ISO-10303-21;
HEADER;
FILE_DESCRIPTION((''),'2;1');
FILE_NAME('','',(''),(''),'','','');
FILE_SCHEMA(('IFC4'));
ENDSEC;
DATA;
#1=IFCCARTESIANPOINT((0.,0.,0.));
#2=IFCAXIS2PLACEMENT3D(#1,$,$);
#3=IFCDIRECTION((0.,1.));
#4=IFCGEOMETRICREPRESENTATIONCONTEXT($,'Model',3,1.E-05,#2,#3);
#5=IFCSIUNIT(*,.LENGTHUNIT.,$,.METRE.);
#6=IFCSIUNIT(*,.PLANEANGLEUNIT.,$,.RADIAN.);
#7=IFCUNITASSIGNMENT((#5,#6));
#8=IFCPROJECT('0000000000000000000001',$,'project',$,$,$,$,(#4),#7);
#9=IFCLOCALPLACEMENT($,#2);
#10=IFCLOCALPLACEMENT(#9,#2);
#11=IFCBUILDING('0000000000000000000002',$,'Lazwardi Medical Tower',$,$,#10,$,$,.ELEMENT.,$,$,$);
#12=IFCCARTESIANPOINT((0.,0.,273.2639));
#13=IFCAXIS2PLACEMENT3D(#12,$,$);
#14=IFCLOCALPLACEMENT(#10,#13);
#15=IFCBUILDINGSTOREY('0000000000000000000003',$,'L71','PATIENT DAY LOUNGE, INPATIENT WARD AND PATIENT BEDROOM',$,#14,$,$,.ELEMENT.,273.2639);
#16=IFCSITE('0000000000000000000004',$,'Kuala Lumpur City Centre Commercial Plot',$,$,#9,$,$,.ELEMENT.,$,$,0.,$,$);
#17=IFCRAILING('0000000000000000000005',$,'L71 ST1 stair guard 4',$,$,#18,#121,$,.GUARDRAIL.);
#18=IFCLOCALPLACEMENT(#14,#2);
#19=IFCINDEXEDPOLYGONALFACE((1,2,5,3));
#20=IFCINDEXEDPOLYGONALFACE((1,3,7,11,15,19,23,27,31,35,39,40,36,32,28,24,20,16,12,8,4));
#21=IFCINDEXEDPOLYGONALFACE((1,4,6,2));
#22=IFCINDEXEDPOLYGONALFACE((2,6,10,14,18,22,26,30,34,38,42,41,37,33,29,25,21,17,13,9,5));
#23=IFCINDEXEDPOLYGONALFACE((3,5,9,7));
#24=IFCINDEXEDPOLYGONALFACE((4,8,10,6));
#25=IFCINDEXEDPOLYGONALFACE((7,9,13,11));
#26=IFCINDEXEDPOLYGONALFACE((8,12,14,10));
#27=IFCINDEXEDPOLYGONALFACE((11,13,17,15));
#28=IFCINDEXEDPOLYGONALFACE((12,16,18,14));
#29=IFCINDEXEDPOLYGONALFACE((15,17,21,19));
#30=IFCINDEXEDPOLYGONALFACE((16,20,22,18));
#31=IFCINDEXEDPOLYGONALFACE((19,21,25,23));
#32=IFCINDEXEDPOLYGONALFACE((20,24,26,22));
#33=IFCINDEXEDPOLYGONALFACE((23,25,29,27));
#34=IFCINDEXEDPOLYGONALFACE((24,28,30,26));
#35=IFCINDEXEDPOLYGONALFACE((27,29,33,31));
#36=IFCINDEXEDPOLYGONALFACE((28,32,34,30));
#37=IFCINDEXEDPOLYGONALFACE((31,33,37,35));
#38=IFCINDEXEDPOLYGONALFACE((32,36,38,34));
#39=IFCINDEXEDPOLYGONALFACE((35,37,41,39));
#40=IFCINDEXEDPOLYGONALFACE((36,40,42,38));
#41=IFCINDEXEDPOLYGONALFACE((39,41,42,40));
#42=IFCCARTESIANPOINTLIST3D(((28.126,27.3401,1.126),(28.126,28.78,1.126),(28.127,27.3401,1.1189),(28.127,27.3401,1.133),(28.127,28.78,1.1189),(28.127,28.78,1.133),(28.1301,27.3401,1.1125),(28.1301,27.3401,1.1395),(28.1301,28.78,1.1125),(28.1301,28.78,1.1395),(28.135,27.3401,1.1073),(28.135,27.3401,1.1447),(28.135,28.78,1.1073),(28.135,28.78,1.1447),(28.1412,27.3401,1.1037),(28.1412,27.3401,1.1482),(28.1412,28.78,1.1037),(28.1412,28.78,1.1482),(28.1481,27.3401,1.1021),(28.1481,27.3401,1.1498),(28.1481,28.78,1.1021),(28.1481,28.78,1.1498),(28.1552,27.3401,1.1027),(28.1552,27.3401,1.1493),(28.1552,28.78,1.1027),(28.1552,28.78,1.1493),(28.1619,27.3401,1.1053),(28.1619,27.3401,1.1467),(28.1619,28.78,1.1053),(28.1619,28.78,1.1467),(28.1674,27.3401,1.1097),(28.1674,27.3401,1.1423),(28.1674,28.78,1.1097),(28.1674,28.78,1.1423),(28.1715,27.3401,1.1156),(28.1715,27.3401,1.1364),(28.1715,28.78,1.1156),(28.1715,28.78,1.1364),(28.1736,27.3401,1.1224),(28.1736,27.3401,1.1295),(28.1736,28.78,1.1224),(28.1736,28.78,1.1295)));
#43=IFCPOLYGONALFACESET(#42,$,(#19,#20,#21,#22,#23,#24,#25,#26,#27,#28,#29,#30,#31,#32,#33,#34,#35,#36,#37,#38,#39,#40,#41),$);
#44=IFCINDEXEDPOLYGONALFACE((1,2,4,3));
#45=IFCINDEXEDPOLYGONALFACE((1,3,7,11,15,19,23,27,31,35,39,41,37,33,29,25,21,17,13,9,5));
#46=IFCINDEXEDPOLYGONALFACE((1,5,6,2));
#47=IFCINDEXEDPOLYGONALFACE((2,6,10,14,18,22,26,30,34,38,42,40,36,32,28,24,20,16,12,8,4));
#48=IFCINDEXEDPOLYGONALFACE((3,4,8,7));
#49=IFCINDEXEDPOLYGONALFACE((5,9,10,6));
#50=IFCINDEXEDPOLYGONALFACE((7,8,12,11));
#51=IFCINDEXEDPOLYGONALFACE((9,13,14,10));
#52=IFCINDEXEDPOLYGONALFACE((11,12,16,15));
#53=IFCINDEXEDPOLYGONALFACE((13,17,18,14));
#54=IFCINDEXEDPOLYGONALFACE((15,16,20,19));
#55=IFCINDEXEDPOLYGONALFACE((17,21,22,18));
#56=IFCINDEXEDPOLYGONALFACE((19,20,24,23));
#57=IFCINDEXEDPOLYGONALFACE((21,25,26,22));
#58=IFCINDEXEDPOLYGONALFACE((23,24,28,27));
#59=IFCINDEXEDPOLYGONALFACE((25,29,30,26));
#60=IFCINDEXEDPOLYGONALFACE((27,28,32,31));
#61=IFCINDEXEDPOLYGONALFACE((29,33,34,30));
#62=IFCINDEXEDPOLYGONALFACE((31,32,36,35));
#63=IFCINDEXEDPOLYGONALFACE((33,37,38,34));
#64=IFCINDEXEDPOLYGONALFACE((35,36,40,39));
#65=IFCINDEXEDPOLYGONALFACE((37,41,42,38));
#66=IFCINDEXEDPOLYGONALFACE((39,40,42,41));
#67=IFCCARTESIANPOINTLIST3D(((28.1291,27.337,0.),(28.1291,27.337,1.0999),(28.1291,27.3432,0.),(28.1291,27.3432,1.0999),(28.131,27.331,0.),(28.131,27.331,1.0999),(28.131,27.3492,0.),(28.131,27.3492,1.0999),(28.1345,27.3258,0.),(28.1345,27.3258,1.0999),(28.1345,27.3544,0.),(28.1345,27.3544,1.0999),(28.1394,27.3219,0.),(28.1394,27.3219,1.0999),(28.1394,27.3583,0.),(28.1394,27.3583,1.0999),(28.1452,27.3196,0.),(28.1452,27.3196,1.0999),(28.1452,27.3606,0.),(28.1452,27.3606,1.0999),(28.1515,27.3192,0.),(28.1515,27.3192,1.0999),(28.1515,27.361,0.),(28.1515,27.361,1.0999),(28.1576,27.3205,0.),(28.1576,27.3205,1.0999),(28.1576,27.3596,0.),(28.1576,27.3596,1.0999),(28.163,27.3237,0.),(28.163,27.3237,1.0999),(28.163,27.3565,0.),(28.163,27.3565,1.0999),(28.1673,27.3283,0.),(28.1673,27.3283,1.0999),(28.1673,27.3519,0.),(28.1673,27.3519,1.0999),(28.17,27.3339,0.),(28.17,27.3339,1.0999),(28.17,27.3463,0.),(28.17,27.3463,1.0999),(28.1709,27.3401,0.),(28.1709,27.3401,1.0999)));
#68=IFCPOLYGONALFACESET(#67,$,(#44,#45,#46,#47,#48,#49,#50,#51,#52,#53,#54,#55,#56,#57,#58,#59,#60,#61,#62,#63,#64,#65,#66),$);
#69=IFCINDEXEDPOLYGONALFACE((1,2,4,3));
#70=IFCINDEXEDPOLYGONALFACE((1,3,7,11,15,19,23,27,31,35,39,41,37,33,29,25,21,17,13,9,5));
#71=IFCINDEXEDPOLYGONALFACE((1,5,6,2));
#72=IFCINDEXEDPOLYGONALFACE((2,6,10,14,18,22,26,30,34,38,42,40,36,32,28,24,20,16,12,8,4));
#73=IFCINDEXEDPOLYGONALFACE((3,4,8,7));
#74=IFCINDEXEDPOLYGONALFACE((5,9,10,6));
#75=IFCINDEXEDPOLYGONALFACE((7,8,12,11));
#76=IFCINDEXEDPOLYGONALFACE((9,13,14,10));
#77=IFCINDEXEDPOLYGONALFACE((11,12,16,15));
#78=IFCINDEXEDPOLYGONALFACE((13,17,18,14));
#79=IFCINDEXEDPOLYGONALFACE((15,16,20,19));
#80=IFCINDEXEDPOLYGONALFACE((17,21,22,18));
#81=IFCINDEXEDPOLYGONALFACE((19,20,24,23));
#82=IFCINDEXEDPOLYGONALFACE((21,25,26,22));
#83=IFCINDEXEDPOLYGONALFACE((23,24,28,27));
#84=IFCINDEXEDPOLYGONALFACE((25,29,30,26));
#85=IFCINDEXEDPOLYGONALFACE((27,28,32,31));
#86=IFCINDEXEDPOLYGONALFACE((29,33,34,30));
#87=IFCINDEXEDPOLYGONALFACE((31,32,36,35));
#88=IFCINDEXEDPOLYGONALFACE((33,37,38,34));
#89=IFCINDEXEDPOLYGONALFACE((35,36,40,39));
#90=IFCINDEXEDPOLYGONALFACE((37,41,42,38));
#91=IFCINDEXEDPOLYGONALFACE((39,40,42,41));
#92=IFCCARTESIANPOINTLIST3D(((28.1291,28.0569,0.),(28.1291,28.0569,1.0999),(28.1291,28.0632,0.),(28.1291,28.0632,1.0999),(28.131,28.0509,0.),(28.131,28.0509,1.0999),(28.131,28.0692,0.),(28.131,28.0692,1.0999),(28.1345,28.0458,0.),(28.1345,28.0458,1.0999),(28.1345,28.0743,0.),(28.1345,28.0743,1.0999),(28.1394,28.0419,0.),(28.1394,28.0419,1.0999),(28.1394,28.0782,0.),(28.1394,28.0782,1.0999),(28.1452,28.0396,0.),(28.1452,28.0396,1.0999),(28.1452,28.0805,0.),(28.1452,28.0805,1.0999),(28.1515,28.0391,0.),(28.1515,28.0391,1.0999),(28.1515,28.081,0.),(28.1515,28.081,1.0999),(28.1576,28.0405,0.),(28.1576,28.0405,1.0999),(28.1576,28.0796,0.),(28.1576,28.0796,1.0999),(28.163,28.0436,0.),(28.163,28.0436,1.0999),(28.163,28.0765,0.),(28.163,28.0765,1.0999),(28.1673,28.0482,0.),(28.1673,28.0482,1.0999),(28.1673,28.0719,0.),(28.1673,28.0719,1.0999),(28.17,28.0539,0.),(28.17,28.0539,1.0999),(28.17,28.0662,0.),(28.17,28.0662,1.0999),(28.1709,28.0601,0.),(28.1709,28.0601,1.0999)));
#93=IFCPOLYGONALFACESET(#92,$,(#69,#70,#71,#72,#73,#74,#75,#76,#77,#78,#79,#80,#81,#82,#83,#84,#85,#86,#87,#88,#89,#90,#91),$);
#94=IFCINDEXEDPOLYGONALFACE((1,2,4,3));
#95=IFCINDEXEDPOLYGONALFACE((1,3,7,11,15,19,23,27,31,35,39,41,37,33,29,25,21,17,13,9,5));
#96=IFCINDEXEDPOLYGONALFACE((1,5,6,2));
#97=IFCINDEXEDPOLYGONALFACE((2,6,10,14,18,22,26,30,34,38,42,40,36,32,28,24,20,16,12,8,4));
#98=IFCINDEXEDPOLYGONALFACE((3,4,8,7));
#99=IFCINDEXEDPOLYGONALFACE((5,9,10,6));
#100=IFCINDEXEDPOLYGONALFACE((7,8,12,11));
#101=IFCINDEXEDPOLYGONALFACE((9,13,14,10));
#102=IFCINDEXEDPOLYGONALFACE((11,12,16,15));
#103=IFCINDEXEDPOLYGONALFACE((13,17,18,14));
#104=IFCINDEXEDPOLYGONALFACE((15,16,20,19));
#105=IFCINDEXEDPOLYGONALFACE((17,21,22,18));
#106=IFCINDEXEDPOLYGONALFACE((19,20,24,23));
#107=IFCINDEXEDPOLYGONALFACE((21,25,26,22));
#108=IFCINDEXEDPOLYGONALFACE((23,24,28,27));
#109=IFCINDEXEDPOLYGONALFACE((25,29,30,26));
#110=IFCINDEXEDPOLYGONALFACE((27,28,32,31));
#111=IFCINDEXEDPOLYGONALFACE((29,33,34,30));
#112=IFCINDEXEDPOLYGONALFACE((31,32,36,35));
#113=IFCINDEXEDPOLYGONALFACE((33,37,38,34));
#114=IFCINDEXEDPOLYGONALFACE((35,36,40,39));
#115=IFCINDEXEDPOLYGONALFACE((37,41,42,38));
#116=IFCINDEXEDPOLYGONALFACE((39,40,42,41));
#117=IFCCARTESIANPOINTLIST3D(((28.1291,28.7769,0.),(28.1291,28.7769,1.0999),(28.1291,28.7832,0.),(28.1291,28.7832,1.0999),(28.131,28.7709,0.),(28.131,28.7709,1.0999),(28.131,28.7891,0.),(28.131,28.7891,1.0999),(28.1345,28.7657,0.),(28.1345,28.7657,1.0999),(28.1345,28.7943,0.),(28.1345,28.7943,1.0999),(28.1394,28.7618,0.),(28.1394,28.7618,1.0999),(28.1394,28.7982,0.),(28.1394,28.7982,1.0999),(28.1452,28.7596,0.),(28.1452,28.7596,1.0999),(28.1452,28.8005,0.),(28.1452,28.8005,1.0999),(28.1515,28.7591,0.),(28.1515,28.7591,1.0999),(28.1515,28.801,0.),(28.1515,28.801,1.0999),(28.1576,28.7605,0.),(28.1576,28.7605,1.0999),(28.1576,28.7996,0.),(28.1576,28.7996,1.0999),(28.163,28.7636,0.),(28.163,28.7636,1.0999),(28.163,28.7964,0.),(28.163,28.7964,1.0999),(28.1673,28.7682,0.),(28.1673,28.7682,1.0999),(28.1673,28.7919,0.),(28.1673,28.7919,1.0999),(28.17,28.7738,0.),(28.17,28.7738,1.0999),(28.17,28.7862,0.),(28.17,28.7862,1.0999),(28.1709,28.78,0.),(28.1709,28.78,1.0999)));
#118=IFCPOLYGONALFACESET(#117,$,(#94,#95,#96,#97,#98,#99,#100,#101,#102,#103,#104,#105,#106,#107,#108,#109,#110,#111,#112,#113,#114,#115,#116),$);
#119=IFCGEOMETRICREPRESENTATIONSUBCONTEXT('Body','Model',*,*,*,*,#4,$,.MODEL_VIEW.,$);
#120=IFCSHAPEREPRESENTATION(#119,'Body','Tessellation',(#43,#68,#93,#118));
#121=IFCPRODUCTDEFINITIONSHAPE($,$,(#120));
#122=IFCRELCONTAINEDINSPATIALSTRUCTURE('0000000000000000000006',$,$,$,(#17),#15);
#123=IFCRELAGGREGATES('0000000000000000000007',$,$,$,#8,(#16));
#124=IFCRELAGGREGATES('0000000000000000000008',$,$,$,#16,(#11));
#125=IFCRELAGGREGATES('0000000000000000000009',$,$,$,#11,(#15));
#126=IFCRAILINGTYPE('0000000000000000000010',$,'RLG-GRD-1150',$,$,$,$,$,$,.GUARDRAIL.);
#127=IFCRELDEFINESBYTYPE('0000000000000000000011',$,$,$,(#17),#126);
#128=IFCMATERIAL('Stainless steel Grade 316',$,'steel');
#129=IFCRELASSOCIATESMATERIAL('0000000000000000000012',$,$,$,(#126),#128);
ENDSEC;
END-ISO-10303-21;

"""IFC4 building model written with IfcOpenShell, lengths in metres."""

from ifc_helpers import new_model, si_unit, direction, frame, origin, origin_2d, place, context, subcontext, project, spatial, circle, extrude, material, type_object, element, save


model = new_model("IFC4")

# Units and contexts
model_context = context("Model", 3, precision=1e-05, world=origin(), true_north=direction((0.0, 1.0)))
body_context = subcontext(model_context, "Body", "Model", "MODEL_VIEW")
ifc_project = project(units=[si_unit("LENGTHUNIT", "METRE"), si_unit("PLANEANGLEUNIT", "RADIAN")], contexts=[model_context])

# Site, building, storey
site_placement = place(None, origin())
site = spatial("IfcSite", under=ifc_project, at=site_placement, Name="Kuala Lumpur City Centre Commercial Plot", CompositionType="ELEMENT", RefElevation=0.0)
building_placement = place(site_placement, origin())
building = spatial("IfcBuilding", under=site, at=building_placement, Name="Lazwardi Medical Tower", CompositionType="ELEMENT")
storey_placement = place(building_placement, frame((0.0, 0.0, 273.2639)))
storey = spatial("IfcBuildingStorey", under=building, at=storey_placement, Name="L71", Description="PATIENT DAY LOUNGE, INPATIENT WARD AND PATIENT BEDROOM", CompositionType="ELEMENT", Elevation=273.2639)

# Railing
ifc_material_1 = material(Name="Stainless steel Grade 316", Category="steel")
railing_type_1 = type_object("IfcRailingType", Name="RLG-GRD-1150", PredefinedType="GUARDRAIL", material=ifc_material_1)
railing_1_placement = place(storey_placement, frame((28.1499, 27.3401, 0.0)))
element("IfcRailing", 1, at=railing_1_placement, inside=storey, type_object=railing_type_1, Name="L71 ST1 stair guard 4", PredefinedType="GUARDRAIL", context=body_context, shape_type="SweptSolid", body=[
    extrude(circle(Radius=0.0239, at=origin_2d()), frame((0.0, 0.0, 1.126), z_axis=(0.0, 1.0, 0.0), x_axis=(-1.0, 0.0, 0.0)), (0.0, 0.0, 1.0), 1.4399),
    extrude(circle(Radius=0.021, at=origin_2d()), origin(), (0.0, 0.0, 1.0), 1.0999),
    extrude(circle(Radius=0.021, at=origin_2d()), frame((0.0, 0.72, 0.0)), (0.0, 0.0, 1.0), 1.0999),
    extrude(circle(Radius=0.021, at=origin_2d()), frame((0.0, 1.4399, 0.0)), (0.0, 0.0, 1.0), 1.0999),
])

save(model, "model.ifc")
